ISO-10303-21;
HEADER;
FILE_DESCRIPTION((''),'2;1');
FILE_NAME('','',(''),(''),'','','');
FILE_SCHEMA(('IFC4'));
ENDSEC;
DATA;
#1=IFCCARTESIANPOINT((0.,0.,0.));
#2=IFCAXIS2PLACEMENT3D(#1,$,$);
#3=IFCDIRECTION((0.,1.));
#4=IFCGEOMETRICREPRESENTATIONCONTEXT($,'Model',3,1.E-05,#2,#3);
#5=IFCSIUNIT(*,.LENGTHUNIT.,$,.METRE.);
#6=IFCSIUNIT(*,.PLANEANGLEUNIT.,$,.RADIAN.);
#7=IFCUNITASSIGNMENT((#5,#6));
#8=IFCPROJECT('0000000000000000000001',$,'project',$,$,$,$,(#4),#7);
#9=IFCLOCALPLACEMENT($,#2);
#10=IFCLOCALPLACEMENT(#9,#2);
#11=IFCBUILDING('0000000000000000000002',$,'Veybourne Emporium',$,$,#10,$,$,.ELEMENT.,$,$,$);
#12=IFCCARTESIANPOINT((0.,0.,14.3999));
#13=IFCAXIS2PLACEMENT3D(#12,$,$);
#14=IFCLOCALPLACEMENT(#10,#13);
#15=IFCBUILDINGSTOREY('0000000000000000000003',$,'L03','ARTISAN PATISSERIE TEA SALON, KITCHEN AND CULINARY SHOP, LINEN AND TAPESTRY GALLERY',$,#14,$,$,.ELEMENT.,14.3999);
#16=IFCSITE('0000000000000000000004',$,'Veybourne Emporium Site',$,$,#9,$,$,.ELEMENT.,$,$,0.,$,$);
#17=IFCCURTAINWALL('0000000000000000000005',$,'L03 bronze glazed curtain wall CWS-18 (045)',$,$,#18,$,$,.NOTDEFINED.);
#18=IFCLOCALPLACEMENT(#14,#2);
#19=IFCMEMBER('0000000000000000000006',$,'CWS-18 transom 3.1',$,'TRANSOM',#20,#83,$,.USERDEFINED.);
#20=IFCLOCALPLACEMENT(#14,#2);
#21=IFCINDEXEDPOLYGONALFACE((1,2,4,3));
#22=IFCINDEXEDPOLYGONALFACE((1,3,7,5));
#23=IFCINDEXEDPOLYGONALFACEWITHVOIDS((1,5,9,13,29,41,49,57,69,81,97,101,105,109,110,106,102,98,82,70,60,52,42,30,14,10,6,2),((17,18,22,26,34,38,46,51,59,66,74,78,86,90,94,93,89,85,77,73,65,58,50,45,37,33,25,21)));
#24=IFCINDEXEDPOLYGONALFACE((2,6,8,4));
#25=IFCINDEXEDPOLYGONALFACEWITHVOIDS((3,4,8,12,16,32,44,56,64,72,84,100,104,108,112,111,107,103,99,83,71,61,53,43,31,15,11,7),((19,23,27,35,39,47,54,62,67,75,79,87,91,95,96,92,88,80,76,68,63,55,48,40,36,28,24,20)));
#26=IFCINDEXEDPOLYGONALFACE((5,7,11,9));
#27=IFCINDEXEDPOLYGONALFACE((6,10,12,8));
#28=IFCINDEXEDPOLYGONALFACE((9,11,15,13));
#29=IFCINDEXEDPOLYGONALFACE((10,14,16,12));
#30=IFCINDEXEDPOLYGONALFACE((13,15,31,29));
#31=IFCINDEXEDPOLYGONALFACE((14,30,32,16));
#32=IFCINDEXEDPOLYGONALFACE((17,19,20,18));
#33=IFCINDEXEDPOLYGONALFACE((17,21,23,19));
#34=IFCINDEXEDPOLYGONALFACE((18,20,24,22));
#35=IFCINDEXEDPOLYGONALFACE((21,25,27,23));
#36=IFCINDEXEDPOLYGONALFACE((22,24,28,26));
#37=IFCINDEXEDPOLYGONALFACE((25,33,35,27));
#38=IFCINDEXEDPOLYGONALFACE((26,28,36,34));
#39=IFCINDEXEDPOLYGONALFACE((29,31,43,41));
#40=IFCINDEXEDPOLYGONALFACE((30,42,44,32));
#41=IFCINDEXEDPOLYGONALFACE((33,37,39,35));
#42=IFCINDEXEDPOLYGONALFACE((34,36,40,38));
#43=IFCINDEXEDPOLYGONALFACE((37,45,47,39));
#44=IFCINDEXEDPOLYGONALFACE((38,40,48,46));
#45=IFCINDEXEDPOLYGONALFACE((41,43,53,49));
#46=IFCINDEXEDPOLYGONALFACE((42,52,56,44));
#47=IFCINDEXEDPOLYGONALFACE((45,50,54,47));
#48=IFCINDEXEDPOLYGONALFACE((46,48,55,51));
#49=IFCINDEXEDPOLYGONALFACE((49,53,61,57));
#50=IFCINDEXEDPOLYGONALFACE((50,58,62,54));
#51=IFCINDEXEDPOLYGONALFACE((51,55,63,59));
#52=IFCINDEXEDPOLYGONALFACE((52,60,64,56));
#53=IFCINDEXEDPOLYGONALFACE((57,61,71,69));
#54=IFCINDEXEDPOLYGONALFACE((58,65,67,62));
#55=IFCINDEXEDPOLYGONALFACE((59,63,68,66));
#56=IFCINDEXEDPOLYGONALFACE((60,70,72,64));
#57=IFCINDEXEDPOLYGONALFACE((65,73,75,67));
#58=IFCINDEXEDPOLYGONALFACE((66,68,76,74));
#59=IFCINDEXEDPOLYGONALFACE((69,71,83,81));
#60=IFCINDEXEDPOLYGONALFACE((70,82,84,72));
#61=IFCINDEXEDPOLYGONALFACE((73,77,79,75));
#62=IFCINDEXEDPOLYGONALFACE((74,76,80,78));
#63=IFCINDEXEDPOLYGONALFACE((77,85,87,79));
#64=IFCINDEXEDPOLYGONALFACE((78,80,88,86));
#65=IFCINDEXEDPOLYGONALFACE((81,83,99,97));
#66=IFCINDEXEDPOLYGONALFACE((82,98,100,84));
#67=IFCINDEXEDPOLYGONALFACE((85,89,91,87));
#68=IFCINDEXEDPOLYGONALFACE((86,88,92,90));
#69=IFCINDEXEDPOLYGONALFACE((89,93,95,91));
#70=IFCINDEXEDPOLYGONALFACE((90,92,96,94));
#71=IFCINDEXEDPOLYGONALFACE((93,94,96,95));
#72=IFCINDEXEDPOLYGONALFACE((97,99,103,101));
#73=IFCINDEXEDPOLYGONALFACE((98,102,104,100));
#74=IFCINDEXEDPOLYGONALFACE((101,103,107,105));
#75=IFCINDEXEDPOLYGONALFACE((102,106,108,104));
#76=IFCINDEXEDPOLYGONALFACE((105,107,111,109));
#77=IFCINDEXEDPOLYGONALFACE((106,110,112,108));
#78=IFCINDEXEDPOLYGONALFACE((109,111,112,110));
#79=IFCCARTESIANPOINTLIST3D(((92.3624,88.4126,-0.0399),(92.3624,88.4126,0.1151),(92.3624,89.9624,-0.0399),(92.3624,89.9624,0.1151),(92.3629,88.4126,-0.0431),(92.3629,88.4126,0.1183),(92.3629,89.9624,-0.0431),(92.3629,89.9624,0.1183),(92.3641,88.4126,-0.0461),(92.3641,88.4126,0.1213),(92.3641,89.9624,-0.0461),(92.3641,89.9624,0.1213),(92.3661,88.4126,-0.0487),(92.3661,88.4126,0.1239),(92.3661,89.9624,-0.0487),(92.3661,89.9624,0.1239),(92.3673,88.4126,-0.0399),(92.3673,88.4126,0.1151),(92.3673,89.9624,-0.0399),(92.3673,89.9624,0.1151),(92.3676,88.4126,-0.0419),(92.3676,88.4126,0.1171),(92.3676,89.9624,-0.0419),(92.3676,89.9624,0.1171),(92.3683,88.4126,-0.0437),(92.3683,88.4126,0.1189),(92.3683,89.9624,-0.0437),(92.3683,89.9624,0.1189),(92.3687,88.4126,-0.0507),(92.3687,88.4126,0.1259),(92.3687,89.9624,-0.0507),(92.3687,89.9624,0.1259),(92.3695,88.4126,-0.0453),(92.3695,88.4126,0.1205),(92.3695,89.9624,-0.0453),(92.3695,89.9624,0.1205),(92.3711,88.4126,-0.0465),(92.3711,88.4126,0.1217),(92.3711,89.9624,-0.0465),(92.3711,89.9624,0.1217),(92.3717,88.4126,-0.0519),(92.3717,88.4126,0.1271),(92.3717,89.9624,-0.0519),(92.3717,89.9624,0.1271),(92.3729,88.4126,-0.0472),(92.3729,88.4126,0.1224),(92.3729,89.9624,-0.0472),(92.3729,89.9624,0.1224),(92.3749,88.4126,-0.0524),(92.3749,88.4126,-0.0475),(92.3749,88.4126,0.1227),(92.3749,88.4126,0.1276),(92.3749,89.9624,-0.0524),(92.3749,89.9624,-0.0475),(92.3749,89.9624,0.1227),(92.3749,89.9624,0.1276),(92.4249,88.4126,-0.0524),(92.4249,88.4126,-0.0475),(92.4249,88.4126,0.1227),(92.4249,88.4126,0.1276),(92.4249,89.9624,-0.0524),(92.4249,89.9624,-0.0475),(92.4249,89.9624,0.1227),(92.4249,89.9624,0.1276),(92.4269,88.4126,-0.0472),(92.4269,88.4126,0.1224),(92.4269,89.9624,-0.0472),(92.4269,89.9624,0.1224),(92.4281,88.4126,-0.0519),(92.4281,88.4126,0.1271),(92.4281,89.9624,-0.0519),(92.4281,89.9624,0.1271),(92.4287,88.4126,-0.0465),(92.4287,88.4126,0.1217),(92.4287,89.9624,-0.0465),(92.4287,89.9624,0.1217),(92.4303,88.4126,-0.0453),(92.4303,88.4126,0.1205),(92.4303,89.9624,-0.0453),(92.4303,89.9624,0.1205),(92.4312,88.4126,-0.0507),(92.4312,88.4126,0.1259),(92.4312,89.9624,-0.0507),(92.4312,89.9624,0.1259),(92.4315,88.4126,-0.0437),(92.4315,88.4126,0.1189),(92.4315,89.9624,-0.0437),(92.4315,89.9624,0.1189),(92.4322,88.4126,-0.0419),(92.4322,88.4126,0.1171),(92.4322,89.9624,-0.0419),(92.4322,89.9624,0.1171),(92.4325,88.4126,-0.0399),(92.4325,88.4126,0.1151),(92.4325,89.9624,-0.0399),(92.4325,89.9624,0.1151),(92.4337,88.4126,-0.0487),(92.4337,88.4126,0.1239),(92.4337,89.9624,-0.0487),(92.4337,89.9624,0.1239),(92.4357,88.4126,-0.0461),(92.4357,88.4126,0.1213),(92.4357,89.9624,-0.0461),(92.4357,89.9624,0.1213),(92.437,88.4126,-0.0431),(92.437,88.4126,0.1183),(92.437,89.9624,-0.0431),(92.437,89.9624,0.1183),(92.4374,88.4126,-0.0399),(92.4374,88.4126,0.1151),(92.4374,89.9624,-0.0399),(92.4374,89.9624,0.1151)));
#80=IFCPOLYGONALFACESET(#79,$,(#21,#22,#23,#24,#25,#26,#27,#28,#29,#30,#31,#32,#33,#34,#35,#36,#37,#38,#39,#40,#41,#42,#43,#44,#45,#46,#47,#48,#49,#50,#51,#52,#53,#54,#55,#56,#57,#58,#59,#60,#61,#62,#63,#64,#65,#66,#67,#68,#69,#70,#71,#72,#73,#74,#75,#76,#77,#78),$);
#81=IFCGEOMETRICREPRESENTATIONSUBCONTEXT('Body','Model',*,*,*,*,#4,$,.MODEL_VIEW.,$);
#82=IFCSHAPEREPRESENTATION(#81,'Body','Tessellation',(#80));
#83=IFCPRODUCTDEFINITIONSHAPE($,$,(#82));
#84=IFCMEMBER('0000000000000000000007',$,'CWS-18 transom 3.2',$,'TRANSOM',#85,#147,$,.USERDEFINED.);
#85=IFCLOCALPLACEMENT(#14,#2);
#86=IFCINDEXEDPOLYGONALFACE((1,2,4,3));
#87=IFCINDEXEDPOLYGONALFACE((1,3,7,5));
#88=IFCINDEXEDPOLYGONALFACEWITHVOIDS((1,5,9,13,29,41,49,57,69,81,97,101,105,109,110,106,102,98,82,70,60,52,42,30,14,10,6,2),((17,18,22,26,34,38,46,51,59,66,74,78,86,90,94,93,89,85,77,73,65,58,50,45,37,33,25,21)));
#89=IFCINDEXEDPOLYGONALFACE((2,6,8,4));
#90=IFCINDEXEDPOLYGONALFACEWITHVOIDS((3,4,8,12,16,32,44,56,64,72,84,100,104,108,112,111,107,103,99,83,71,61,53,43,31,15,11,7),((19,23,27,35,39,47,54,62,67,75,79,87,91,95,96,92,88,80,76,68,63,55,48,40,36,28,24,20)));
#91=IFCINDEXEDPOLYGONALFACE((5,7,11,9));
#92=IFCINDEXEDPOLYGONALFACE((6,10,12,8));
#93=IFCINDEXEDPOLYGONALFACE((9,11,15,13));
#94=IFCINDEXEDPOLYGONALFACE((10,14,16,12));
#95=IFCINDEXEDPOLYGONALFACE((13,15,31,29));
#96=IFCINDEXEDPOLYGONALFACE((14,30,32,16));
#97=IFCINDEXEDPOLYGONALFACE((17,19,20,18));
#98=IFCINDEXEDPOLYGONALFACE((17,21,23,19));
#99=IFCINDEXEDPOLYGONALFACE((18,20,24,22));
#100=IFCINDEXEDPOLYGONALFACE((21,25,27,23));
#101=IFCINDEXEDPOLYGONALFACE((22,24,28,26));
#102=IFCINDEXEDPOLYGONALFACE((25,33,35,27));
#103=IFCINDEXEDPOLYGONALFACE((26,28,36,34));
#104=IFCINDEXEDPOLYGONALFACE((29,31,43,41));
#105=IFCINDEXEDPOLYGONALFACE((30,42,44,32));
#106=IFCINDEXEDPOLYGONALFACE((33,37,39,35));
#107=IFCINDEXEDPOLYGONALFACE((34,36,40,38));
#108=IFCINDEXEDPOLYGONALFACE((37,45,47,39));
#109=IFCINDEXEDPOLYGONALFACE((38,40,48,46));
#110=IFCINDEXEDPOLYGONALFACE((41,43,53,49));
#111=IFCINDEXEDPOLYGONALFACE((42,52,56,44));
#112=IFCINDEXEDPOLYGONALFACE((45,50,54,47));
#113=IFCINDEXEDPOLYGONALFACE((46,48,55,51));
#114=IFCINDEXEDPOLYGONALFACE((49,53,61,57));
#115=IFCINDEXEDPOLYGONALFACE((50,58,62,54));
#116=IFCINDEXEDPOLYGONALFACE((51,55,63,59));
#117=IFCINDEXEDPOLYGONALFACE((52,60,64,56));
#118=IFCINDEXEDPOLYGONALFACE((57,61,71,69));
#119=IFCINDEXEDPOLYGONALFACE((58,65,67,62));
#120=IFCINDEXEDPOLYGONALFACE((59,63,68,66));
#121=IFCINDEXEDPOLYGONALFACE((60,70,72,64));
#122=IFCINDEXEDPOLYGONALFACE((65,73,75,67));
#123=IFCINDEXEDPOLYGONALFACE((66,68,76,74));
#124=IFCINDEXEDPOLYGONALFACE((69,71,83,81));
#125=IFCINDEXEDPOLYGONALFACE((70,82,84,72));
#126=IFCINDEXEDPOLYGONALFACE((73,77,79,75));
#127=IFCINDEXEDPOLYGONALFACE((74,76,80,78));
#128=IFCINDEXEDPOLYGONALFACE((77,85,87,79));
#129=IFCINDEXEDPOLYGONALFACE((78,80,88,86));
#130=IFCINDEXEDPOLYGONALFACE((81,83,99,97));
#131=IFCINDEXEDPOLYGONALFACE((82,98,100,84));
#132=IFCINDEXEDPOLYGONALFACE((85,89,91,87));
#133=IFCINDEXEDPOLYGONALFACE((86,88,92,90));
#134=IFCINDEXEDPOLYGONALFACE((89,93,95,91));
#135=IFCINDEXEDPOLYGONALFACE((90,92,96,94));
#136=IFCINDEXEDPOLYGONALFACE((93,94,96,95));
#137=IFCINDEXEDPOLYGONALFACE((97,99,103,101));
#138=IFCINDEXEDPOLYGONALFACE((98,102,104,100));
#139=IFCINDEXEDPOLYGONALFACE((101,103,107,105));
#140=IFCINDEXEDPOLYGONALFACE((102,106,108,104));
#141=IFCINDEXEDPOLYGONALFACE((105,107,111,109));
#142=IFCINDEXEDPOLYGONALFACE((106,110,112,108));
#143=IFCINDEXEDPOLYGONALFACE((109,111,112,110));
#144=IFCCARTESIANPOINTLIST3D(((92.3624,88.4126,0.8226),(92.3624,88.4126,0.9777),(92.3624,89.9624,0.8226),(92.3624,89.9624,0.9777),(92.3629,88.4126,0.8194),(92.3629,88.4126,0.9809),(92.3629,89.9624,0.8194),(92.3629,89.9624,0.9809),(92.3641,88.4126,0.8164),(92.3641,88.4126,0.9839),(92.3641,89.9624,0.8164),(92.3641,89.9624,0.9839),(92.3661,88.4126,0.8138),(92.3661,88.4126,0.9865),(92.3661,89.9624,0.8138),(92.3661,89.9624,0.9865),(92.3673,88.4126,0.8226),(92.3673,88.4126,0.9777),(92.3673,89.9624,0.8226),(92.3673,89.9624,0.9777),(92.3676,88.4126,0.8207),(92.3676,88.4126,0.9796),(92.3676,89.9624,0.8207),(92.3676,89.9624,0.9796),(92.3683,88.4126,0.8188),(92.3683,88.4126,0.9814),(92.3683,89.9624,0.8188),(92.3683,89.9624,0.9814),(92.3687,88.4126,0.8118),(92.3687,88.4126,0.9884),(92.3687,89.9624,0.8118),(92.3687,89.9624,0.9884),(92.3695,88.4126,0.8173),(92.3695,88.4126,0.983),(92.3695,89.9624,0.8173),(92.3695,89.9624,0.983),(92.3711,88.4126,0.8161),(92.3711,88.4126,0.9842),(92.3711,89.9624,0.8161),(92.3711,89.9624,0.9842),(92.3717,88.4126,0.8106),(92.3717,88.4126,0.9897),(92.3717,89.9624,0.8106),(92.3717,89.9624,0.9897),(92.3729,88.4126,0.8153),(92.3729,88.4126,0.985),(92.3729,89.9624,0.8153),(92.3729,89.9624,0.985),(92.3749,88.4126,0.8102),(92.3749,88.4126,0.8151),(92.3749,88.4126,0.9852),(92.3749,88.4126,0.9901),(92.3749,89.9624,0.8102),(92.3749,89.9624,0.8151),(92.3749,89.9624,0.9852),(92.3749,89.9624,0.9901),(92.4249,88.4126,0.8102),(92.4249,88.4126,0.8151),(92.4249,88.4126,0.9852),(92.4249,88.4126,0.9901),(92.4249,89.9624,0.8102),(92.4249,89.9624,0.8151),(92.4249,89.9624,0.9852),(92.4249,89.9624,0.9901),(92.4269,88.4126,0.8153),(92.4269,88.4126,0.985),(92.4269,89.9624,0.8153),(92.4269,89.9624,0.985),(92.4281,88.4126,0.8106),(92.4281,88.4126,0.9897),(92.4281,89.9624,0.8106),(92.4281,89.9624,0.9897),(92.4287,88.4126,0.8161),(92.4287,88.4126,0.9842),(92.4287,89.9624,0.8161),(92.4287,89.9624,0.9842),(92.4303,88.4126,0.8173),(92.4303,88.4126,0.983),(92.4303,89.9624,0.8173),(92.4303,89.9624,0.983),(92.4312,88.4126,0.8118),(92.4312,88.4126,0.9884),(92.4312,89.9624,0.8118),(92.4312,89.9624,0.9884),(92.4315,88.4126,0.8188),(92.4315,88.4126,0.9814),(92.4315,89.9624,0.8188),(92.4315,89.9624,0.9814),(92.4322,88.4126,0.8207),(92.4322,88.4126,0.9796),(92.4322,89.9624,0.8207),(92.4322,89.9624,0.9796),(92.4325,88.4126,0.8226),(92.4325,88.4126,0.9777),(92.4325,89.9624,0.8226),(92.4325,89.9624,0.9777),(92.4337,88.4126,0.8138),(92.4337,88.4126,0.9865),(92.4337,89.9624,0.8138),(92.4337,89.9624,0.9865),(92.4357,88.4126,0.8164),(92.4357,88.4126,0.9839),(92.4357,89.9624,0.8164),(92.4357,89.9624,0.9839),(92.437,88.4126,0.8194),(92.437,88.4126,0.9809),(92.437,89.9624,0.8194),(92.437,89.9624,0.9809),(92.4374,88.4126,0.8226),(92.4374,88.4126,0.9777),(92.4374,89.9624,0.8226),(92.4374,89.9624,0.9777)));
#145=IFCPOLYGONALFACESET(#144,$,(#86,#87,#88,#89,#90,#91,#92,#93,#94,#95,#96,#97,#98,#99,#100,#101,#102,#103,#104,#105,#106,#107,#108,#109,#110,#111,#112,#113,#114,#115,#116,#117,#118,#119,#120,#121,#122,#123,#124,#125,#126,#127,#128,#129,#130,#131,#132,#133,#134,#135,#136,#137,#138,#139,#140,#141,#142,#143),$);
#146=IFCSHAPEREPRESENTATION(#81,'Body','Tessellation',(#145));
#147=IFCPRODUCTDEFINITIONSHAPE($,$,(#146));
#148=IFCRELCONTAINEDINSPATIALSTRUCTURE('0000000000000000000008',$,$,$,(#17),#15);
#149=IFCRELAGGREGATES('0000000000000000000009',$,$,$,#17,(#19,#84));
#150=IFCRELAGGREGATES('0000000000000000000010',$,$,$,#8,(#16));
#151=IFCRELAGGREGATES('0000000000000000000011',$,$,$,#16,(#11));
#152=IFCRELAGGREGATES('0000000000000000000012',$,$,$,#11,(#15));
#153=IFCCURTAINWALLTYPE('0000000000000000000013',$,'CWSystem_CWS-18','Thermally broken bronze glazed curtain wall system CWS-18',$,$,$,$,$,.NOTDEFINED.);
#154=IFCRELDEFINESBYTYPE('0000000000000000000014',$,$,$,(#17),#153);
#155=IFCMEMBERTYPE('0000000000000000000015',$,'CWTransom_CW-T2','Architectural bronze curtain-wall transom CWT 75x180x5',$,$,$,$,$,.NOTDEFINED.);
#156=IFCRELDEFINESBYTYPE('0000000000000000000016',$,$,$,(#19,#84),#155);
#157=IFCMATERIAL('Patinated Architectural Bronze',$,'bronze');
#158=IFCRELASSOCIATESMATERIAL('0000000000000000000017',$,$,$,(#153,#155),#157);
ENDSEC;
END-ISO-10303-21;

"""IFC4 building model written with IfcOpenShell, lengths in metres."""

from ifc_helpers import new_model, si_unit, direction, frame, origin, origin_2d, place, context, subcontext, project, spatial, hollow_rectangle, extrude, material, material_profile, profile_set, type_object, element, aggregate, save


model = new_model("IFC4")

# Units and contexts
model_context = context("Model", 3, precision=1e-05, world=origin(), true_north=direction((0.0, 1.0)))
body_context = subcontext(model_context, "Body", "Model", "MODEL_VIEW")
ifc_project = project(units=[si_unit("LENGTHUNIT", "METRE"), si_unit("PLANEANGLEUNIT", "RADIAN")], contexts=[model_context])

# Site, building, storey
site_placement = place(None, origin())
site = spatial("IfcSite", under=ifc_project, at=site_placement, Name="Veybourne Emporium Site", CompositionType="ELEMENT", RefElevation=0.0)
building_placement = place(site_placement, origin())
building = spatial("IfcBuilding", under=site, at=building_placement, Name="Veybourne Emporium", CompositionType="ELEMENT")
storey_placement = place(building_placement, frame((0.0, 0.0, 14.3999)))
storey = spatial("IfcBuildingStorey", under=building, at=storey_placement, Name="L03", Description="ARTISAN PATISSERIE TEA SALON, KITCHEN AND CULINARY SHOP, LINEN AND TAPESTRY GALLERY", CompositionType="ELEMENT", Elevation=14.3999)

# Curtain wall, members
ifc_material_1 = material(Name="Patinated Architectural Bronze", Category="bronze")
curtain_wall_type = type_object("IfcCurtainWallType", Name="CWSystem_CWS-18", Description="Thermally broken bronze glazed curtain wall system CWS-18", PredefinedType="NOTDEFINED", material=ifc_material_1)
curtain_wall_placement = place(storey_placement, origin())
curtain_wall = element("IfcCurtainWall", 1, at=curtain_wall_placement, inside=storey, type_object=curtain_wall_type, Name="L03 bronze glazed curtain wall CWS-18 (045)", PredefinedType="NOTDEFINED")
ifc_material_profile_1 = material_profile(ifc_material_1, hollow_rectangle(XDim=0.075, YDim=0.1799, WallThickness=0.0049, InnerFilletRadius=0.0076, OuterFilletRadius=0.0125, at=origin_2d()), Name="CWT 75x180x5")
ifc_profile_set_1 = profile_set([ifc_material_profile_1], Name="Patinated Architectural Bronze")
member_type_1 = type_object("IfcMemberType", Name="CWTransom_CW-T2", Description="Architectural bronze curtain-wall transom CWT 75x180x5", PredefinedType="NOTDEFINED", material=ifc_profile_set_1)
member_1_placement = place(storey_placement, frame((92.3999, 89.9624, 0.0376), z_axis=(0.0, -1.0, 0.0), x_axis=(1.0, 0.0, 0.0)))
member_1 = element("IfcMember", 2, at=member_1_placement, type_object=member_type_1, Name="CWS-18 transom 3.1", ObjectType="TRANSOM", PredefinedType="USERDEFINED", context=body_context, shape_type="SweptSolid", body=[
    extrude(hollow_rectangle(XDim=0.075, YDim=0.1799, WallThickness=0.0049, InnerFilletRadius=0.0076, OuterFilletRadius=0.0125, at=origin_2d()), origin(), (0.0, 0.0, 1.0), 1.5498),
])
member_2_placement = place(storey_placement, frame((92.3999, 89.9624, 0.9001), z_axis=(0.0, -1.0, 0.0), x_axis=(1.0, 0.0, 0.0)))
member_2 = element("IfcMember", 3, at=member_2_placement, type_object=member_type_1, Name="CWS-18 transom 3.2", ObjectType="TRANSOM", PredefinedType="USERDEFINED", context=body_context, shape_type="SweptSolid", body=[
    extrude(hollow_rectangle(XDim=0.075, YDim=0.1799, WallThickness=0.0049, InnerFilletRadius=0.0076, OuterFilletRadius=0.0125, at=origin_2d()), origin(), (0.0, 0.0, 1.0), 1.5498),
])

aggregate(curtain_wall, [member_1, member_2])

save(model, "model.ifc")
